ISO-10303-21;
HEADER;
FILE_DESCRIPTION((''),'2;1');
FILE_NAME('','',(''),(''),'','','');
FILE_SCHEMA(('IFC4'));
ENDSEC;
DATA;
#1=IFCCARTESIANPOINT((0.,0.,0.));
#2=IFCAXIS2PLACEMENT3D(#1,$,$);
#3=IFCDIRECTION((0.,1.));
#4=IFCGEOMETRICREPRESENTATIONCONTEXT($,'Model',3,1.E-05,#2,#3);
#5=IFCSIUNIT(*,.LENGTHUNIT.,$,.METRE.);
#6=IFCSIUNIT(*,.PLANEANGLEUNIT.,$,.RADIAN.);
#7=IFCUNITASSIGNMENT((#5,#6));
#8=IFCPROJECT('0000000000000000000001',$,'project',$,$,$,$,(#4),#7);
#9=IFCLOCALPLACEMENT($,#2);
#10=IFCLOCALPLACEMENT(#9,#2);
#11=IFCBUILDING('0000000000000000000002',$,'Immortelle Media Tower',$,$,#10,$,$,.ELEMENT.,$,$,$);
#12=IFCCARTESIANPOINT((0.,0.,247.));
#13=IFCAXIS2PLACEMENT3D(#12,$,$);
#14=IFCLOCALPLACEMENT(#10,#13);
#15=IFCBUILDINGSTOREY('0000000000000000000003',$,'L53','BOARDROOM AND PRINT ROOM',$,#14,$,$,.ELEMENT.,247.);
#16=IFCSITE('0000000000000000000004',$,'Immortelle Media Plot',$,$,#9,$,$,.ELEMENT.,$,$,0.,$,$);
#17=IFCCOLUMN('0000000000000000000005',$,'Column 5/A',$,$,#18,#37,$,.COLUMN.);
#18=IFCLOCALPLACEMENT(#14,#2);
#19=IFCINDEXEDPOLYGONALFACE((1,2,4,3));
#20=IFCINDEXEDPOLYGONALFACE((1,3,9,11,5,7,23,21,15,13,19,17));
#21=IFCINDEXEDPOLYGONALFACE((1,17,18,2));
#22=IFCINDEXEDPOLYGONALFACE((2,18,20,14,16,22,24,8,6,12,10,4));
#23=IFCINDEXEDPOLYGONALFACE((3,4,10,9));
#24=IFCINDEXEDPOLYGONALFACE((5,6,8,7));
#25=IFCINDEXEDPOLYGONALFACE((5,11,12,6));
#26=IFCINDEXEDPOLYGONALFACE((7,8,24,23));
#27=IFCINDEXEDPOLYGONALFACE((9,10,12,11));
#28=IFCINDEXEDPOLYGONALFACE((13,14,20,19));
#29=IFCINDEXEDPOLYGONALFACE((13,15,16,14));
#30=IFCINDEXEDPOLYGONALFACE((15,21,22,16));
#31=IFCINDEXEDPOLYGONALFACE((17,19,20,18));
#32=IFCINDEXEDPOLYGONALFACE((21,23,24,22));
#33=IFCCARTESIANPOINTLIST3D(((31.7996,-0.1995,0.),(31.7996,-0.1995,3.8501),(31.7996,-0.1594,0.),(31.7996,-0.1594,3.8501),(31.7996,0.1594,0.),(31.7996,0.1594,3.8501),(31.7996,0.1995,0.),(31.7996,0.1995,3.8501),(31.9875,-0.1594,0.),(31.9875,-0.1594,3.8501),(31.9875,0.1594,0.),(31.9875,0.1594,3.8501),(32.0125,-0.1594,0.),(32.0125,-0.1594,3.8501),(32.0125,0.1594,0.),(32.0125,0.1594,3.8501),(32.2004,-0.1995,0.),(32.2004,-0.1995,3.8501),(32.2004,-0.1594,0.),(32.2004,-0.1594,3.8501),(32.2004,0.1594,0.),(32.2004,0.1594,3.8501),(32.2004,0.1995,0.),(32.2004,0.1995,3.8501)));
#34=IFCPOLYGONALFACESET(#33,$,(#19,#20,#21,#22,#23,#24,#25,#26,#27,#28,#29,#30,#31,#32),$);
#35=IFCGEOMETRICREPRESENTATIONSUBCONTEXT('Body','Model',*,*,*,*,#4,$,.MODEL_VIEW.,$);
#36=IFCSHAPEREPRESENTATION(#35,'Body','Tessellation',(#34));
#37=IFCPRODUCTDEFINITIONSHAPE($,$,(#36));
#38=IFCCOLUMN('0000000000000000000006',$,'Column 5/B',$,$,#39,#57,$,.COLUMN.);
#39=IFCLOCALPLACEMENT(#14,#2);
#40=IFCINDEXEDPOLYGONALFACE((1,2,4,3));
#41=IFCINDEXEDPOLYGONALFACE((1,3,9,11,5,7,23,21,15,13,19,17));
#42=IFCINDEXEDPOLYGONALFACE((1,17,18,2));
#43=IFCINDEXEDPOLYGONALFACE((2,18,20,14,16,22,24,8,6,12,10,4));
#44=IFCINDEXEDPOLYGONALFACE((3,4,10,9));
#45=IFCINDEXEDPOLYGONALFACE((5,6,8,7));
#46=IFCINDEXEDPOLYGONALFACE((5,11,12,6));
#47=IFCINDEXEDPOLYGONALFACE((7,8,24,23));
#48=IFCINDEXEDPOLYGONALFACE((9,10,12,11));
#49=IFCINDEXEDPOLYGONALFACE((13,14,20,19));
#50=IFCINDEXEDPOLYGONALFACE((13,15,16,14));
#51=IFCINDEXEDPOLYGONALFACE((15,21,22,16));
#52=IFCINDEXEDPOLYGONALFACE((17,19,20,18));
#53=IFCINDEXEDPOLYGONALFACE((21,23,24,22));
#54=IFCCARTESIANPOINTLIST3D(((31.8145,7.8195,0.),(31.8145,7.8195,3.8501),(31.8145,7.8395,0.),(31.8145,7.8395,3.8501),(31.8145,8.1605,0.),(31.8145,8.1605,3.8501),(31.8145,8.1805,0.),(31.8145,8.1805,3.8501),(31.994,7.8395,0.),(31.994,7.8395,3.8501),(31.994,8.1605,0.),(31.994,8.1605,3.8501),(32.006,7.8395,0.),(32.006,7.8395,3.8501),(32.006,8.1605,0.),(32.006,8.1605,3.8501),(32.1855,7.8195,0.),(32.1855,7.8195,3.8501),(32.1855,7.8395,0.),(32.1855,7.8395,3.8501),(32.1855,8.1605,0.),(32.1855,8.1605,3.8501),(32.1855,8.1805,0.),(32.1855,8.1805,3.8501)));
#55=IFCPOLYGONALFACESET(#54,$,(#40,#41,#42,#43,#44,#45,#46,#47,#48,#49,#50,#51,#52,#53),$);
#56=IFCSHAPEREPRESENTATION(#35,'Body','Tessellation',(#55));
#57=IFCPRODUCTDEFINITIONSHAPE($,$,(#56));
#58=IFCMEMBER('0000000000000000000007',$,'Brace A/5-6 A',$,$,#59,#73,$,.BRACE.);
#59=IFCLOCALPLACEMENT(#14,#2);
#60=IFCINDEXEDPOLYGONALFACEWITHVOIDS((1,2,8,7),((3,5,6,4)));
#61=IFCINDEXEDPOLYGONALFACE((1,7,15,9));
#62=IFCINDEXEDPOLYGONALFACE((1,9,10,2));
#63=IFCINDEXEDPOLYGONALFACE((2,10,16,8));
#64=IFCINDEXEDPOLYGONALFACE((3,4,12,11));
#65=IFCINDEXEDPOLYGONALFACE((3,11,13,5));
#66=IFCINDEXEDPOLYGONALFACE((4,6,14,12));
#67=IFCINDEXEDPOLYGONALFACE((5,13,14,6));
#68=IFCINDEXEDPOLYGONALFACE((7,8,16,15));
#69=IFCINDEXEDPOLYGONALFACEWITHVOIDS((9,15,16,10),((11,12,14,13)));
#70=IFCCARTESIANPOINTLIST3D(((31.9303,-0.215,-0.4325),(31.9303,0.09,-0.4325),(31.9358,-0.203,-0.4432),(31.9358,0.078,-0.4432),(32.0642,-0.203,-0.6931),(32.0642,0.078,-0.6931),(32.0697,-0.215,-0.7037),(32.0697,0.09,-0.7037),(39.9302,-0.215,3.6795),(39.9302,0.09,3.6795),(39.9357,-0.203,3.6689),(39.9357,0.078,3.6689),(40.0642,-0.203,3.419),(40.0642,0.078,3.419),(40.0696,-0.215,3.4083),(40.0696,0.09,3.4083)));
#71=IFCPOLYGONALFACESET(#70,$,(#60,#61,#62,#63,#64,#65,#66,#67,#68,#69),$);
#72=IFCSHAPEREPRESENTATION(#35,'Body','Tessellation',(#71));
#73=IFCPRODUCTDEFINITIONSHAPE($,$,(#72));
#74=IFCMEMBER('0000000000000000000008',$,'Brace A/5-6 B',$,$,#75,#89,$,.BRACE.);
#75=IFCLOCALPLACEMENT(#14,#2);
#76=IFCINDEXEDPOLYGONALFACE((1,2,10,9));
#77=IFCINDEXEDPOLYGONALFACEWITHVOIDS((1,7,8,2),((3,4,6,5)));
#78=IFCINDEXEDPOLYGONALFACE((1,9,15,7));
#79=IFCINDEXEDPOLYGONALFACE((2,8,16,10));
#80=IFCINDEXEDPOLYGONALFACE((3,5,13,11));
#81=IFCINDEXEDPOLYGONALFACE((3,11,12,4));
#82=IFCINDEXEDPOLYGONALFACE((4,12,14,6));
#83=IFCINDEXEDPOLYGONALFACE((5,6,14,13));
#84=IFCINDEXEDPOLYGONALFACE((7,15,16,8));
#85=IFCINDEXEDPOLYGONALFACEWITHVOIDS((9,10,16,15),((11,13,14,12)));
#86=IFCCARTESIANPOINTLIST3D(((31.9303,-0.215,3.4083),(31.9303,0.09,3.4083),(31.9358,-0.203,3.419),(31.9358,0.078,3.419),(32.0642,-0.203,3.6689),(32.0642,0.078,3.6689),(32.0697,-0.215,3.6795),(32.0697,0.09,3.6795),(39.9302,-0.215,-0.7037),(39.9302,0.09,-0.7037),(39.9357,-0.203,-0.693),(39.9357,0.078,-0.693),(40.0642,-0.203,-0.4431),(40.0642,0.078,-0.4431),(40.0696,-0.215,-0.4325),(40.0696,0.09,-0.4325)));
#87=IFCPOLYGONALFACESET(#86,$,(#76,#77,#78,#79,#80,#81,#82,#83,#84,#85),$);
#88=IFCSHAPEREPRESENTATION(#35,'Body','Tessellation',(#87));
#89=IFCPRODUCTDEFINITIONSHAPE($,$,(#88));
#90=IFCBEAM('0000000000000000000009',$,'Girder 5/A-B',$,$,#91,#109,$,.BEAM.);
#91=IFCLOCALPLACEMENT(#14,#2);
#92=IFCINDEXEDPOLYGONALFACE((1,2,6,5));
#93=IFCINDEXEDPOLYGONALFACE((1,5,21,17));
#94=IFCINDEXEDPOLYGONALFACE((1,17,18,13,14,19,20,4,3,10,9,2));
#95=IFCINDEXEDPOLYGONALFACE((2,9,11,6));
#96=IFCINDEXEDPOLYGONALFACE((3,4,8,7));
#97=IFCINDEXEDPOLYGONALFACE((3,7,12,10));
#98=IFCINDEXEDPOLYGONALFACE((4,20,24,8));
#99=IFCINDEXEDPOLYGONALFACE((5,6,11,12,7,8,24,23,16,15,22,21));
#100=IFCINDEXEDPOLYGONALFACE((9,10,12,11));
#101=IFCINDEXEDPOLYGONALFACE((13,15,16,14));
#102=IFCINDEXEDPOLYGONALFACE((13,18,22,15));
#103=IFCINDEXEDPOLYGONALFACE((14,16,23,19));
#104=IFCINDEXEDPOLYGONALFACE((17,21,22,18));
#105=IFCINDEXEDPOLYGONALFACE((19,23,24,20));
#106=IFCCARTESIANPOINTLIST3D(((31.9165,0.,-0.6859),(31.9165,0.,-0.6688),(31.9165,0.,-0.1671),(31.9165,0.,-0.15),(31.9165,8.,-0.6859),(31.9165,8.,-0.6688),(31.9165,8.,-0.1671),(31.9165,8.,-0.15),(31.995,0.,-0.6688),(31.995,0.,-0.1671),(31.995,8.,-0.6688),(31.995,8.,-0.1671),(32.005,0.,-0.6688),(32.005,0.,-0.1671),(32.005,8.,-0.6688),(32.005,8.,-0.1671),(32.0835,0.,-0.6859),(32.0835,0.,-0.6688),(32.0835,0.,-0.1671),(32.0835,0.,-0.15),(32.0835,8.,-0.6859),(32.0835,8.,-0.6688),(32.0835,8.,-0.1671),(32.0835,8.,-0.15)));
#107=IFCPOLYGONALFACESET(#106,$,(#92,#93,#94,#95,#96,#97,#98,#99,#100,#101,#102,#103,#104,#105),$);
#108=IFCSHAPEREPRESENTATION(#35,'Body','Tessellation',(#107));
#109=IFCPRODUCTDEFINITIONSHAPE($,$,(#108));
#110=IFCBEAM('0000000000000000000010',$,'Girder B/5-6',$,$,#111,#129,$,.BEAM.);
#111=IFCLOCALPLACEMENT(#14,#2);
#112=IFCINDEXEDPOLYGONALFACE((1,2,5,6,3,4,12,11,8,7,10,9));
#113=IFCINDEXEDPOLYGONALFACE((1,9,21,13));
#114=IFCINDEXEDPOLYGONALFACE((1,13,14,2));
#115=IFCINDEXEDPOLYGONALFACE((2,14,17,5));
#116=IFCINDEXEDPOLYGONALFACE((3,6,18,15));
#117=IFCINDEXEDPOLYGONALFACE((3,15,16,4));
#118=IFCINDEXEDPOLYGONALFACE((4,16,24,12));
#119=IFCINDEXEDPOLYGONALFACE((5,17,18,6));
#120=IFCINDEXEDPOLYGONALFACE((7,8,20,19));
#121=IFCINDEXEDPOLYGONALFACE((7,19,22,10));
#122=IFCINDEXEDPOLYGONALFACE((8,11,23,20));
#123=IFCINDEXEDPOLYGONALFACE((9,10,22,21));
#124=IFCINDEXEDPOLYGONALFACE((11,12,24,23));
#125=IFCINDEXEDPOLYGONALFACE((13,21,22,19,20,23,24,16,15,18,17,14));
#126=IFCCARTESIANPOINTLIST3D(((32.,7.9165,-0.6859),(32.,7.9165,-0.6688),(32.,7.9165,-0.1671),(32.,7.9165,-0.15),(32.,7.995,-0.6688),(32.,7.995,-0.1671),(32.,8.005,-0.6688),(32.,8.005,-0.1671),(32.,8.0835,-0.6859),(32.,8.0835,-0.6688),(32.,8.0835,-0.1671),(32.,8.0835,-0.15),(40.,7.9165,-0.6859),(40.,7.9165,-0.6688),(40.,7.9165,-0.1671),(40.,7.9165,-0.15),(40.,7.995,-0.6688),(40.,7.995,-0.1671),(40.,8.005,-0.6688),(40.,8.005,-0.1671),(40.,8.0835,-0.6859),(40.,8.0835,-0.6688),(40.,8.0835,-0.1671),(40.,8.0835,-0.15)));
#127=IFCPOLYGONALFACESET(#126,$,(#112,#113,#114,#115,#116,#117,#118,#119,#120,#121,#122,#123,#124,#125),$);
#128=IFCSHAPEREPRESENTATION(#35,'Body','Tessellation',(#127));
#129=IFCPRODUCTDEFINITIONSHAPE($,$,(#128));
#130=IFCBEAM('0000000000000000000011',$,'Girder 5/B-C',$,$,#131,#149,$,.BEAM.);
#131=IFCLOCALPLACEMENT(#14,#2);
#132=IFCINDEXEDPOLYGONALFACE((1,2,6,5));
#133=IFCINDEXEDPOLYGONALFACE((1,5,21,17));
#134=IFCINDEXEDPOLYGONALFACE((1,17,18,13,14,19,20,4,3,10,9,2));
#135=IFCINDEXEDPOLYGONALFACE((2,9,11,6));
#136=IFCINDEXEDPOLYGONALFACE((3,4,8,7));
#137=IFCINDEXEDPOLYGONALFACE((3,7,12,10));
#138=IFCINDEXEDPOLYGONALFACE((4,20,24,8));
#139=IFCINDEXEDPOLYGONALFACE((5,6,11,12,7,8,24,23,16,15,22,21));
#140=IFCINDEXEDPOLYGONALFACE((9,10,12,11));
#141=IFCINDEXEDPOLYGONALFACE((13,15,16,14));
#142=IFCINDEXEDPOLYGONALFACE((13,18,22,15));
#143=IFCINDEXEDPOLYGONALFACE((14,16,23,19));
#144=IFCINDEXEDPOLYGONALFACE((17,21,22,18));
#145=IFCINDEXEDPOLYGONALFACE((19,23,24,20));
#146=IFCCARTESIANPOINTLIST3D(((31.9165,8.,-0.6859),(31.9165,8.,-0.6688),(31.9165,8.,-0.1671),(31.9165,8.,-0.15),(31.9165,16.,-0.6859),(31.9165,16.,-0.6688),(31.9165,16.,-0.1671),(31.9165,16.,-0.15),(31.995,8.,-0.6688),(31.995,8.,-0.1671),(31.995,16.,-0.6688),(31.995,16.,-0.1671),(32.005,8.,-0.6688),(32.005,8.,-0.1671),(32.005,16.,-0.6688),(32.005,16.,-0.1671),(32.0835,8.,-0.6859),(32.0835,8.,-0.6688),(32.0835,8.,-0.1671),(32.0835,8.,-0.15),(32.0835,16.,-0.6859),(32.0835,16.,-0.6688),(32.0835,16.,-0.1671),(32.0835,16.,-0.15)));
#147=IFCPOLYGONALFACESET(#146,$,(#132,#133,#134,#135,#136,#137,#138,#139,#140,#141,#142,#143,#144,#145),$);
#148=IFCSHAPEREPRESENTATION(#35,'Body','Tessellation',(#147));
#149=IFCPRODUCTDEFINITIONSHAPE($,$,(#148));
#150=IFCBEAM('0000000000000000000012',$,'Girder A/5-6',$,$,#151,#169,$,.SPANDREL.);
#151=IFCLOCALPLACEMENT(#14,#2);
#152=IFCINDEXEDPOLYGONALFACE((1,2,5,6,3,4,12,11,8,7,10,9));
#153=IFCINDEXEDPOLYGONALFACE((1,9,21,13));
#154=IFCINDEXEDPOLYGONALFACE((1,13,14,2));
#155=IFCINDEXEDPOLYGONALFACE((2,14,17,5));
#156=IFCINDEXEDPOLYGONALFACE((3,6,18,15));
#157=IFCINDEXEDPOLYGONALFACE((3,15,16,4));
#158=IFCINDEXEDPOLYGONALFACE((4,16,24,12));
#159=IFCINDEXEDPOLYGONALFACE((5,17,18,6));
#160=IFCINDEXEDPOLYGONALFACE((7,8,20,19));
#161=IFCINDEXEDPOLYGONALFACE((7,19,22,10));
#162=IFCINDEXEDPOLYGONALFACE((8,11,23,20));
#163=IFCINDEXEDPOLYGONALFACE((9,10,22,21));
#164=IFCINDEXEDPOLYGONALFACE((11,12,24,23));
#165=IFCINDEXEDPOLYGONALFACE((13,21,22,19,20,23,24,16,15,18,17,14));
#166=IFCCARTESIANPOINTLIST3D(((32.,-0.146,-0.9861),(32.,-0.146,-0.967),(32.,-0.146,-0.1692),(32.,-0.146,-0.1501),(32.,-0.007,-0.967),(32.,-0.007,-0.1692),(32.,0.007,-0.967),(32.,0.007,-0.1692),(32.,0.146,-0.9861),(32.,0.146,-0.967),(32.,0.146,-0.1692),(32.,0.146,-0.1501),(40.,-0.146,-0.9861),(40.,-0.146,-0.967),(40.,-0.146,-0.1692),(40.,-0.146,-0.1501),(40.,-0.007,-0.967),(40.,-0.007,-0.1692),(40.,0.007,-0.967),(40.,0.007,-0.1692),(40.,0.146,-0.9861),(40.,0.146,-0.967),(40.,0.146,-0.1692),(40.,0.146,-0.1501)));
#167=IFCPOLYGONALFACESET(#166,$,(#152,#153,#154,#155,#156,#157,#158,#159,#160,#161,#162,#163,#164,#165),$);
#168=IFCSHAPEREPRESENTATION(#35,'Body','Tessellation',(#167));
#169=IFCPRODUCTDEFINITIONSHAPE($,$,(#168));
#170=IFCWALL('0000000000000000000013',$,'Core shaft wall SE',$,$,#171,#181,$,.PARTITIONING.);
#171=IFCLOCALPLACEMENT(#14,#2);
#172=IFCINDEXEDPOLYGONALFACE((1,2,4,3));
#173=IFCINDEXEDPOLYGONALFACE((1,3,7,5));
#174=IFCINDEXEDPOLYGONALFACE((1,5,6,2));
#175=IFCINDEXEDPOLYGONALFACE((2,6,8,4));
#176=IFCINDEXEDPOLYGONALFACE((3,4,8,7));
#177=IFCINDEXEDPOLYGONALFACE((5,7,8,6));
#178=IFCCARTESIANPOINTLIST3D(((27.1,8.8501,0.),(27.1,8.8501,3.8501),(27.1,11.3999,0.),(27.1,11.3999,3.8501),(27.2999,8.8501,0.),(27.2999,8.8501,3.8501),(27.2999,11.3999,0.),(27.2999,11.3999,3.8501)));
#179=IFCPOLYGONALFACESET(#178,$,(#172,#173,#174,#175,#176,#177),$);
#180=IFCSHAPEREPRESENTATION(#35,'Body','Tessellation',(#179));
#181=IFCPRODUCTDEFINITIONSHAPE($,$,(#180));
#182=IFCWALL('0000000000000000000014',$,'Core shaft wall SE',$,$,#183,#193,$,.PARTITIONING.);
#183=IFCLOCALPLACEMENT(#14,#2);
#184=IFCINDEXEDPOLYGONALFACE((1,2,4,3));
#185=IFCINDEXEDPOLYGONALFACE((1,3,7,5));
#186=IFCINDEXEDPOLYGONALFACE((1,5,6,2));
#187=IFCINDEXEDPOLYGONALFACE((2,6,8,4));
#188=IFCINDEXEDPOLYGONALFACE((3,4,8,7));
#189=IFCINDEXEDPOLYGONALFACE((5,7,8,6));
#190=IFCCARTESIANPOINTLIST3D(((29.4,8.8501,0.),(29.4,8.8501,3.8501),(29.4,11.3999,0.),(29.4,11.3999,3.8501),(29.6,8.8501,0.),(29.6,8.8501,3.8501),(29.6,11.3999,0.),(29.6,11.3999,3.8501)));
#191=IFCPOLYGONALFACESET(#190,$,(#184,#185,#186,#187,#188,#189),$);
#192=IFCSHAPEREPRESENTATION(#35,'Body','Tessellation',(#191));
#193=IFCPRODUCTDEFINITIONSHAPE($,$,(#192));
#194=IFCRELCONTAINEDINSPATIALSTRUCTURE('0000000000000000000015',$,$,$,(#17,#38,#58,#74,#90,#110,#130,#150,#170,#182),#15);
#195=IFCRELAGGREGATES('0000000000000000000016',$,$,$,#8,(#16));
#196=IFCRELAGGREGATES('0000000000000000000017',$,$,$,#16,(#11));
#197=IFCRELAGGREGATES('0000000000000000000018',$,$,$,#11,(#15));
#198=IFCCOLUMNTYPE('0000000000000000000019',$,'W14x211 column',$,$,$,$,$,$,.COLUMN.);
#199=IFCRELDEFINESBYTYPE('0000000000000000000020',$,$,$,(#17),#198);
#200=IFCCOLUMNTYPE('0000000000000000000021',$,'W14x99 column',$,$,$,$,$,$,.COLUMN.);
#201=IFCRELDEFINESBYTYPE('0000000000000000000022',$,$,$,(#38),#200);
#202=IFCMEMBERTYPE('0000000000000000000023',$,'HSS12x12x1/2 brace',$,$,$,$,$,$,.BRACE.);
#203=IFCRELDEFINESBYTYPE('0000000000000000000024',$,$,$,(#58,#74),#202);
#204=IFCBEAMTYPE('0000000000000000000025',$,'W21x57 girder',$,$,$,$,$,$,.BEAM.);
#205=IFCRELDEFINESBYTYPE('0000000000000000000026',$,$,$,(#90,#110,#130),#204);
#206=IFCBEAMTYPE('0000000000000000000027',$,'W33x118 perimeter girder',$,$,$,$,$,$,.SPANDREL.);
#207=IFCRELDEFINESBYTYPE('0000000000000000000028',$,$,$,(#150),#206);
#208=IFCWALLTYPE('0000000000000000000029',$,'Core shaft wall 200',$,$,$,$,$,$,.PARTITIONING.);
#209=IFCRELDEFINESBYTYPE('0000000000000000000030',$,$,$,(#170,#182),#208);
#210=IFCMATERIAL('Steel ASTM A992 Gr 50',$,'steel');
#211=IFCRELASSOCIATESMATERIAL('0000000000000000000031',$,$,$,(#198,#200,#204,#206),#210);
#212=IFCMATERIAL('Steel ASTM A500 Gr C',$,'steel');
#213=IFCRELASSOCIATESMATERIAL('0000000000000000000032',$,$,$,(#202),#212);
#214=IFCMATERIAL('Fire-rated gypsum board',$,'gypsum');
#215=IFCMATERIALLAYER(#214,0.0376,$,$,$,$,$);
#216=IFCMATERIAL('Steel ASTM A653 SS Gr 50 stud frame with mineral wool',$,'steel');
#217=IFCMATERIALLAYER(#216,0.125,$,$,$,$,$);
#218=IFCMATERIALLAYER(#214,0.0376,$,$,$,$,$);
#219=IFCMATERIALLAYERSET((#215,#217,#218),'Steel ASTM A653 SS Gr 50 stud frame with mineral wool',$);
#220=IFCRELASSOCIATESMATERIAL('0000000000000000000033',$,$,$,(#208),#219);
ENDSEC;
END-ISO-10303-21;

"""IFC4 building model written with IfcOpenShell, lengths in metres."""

from ifc_helpers import new_model, si_unit, direction, frame, frame_2d, origin, origin_2d, place, context, subcontext, project, spatial, rectangle, hollow_rectangle, i_section, extrude, material, layer, layer_set, material_profile, profile_set, type_object, element, save


model = new_model("IFC4")

# Units and contexts
model_context = context("Model", 3, precision=1e-05, world=origin(), true_north=direction((0.0, 1.0)))
body_context = subcontext(model_context, "Body", "Model", "MODEL_VIEW")
ifc_project = project(units=[si_unit("LENGTHUNIT", "METRE"), si_unit("PLANEANGLEUNIT", "RADIAN")], contexts=[model_context])

# Site, building, storey
site_placement = place(None, origin())
site = spatial("IfcSite", under=ifc_project, at=site_placement, Name="Immortelle Media Plot", CompositionType="ELEMENT", RefElevation=0.0)
building_placement = place(site_placement, origin())
building = spatial("IfcBuilding", under=site, at=building_placement, Name="Immortelle Media Tower", CompositionType="ELEMENT")
storey_placement = place(building_placement, frame((0.0, 0.0, 247.0)))
storey = spatial("IfcBuildingStorey", under=building, at=storey_placement, Name="L53", Description="BOARDROOM AND PRINT ROOM", CompositionType="ELEMENT", Elevation=247.0)

# Columns
ifc_material_1 = material(Name="Steel ASTM A992 Gr 50", Category="steel")
ifc_material_profile_1 = material_profile(ifc_material_1, i_section(OverallWidth=0.4009, OverallDepth=0.3989, WebThickness=0.0249, FlangeThickness=0.04, at=origin_2d()), Name="W14x211")
ifc_profile_set_1 = profile_set([ifc_material_profile_1], Name="Steel ASTM A992 Gr 50")
column_type_1 = type_object("IfcColumnType", Name="W14x211 column", PredefinedType="COLUMN", material=ifc_profile_set_1)
column_1_placement = place(storey_placement, frame((32.0, 0.0, 0.0), z_axis=(0.0, 0.0, 1.0), x_axis=(1.0, 0.0, 0.0)))
element("IfcColumn", 1, at=column_1_placement, inside=storey, type_object=column_type_1, Name="Column 5/A", PredefinedType="COLUMN", context=body_context, shape_type="SweptSolid", body=[
    extrude(i_section(OverallWidth=0.4009, OverallDepth=0.3989, WebThickness=0.0249, FlangeThickness=0.04, at=origin_2d()), origin(), (0.0, 0.0, 1.0), 3.8501),
])
ifc_material_profile_2 = material_profile(ifc_material_1, i_section(OverallWidth=0.3711, OverallDepth=0.3611, WebThickness=0.012, FlangeThickness=0.02, at=origin_2d()), Name="W14x99")
ifc_profile_set_2 = profile_set([ifc_material_profile_2], Name="Steel ASTM A992 Gr 50")
column_type_2 = type_object("IfcColumnType", Name="W14x99 column", PredefinedType="COLUMN", material=ifc_profile_set_2)
column_2_placement = place(storey_placement, frame((32.0, 8.0, 0.0), z_axis=(0.0, 0.0, 1.0), x_axis=(1.0, 0.0, 0.0)))
element("IfcColumn", 2, at=column_2_placement, inside=storey, type_object=column_type_2, Name="Column 5/B", PredefinedType="COLUMN", context=body_context, shape_type="SweptSolid", body=[
    extrude(i_section(OverallWidth=0.3711, OverallDepth=0.3611, WebThickness=0.012, FlangeThickness=0.02, at=origin_2d()), origin(), (0.0, 0.0, 1.0), 3.8501),
])

# Members
ifc_material_2 = material(Name="Steel ASTM A500 Gr C", Category="steel")
ifc_material_profile_3 = material_profile(ifc_material_2, hollow_rectangle(XDim=0.3049, YDim=0.3049, WallThickness=0.012, at=origin_2d()), Name="HSS12x12x1/2 brace")
ifc_profile_set_3 = profile_set([ifc_material_profile_3], Name="Steel ASTM A500 Gr C")
member_type = type_object("IfcMemberType", Name="HSS12x12x1/2 brace", PredefinedType="BRACE", material=ifc_profile_set_3)
for number, where, z_axis, x_axis, name in (
    (3, (32.0, -0.0625, -0.5681), (0.889388, 0.0, 0.457152), (0.0, 1.0, 0.0), "Brace A/5-6 A"),
    (4, (32.0, -0.0625, 3.5439), (0.889388, 0.0, -0.457152), (0.0, 1.0, 0.0), "Brace A/5-6 B"),
):
    element("IfcMember", number, at=place(storey_placement, frame(where, z_axis=z_axis, x_axis=x_axis)), inside=storey, type_object=member_type, Name=name, PredefinedType="BRACE", context=body_context, shape_type="SweptSolid", body=[
        extrude(hollow_rectangle(XDim=0.3049, YDim=0.3049, WallThickness=0.012, at=origin_2d()), origin(), (0.0, 0.0, 1.0), 8.9949),
    ])

# Beams
ifc_material_profile_4 = material_profile(ifc_material_1, i_section(OverallWidth=0.167, OverallDepth=0.5359, WebThickness=0.01, FlangeThickness=0.0171, at=origin_2d()), Name="W21x57")
ifc_profile_set_4 = profile_set([ifc_material_profile_4], Name="Steel ASTM A992 Gr 50")
beam_type_1 = type_object("IfcBeamType", Name="W21x57 girder", PredefinedType="BEAM", material=ifc_profile_set_4)
for number, where, z_axis, x_axis, name in (
    (5, (32.0, 0.0, -0.418), (0.0, 1.0, 0.0), (-1.0, 0.0, 0.0), "Girder 5/A-B"),
    (6, (32.0, 8.0, -0.418), (1.0, 0.0, 0.0), (0.0, 1.0, 0.0), "Girder B/5-6"),
    (7, (32.0, 8.0, -0.418), (0.0, 1.0, 0.0), (-1.0, 0.0, 0.0), "Girder 5/B-C"),
):
    element("IfcBeam", number, at=place(storey_placement, frame(where, z_axis=z_axis, x_axis=x_axis)), inside=storey, type_object=beam_type_1, Name=name, PredefinedType="BEAM", context=body_context, shape_type="SweptSolid", body=[
        extrude(i_section(OverallWidth=0.167, OverallDepth=0.5359, WebThickness=0.01, FlangeThickness=0.0171, at=origin_2d()), origin(), (0.0, 0.0, 1.0), 8.0),
    ])
ifc_material_profile_5 = material_profile(ifc_material_1, i_section(OverallWidth=0.292, OverallDepth=0.8359, WebThickness=0.0139, FlangeThickness=0.019, at=origin_2d()), Name="W33x118")
ifc_profile_set_5 = profile_set([ifc_material_profile_5], Name="Steel ASTM A992 Gr 50")
beam_type_2 = type_object("IfcBeamType", Name="W33x118 perimeter girder", PredefinedType="SPANDREL", material=ifc_profile_set_5)
beam_placement = place(storey_placement, frame((32.0, 0.0, -0.5681), z_axis=(1.0, 0.0, 0.0), x_axis=(0.0, 1.0, 0.0)))
element("IfcBeam", 8, at=beam_placement, inside=storey, type_object=beam_type_2, Name="Girder A/5-6", PredefinedType="SPANDREL", context=body_context, shape_type="SweptSolid", body=[
    extrude(i_section(OverallWidth=0.292, OverallDepth=0.8359, WebThickness=0.0139, FlangeThickness=0.019, at=origin_2d()), origin(), (0.0, 0.0, 1.0), 8.0),
])

# Walls
ifc_material_3 = material(Name="Fire-rated gypsum board", Category="gypsum")
ifc_layer_1 = layer(ifc_material_3, 0.0376)
ifc_material_4 = material(Name="Steel ASTM A653 SS Gr 50 stud frame with mineral wool", Category="steel")
ifc_layer_2 = layer(ifc_material_4, 0.125)
ifc_layer_3 = layer(ifc_material_3, 0.0376)
ifc_layer_set_1 = layer_set([ifc_layer_1, ifc_layer_2, ifc_layer_3], Name="Steel ASTM A653 SS Gr 50 stud frame with mineral wool")
wall_type_1 = type_object("IfcWallType", Name="Core shaft wall 200", PredefinedType="PARTITIONING", material=ifc_layer_set_1)
for number, where, z_axis, x_axis, name in (
    (9, (27.2, 8.8501, 0.0), (0.0, 0.0, 1.0), (0.0, 1.0, 0.0), "Core shaft wall SE"),
    (10, (29.5, 8.8501, 0.0), (0.0, 0.0, 1.0), (0.0, 1.0, 0.0), "Core shaft wall SE"),
):
    element("IfcWall", number, at=place(storey_placement, frame(where, z_axis=z_axis, x_axis=x_axis)), inside=storey, type_object=wall_type_1, Name=name, PredefinedType="PARTITIONING", context=body_context, shape_type="SweptSolid", body=[
        extrude(rectangle(XDim=2.5498, YDim=0.2, at=frame_2d((1.2749, 0.0))), origin(), (0.0, 0.0, 1.0), 3.8501),
    ])

save(model, "model.ifc")
